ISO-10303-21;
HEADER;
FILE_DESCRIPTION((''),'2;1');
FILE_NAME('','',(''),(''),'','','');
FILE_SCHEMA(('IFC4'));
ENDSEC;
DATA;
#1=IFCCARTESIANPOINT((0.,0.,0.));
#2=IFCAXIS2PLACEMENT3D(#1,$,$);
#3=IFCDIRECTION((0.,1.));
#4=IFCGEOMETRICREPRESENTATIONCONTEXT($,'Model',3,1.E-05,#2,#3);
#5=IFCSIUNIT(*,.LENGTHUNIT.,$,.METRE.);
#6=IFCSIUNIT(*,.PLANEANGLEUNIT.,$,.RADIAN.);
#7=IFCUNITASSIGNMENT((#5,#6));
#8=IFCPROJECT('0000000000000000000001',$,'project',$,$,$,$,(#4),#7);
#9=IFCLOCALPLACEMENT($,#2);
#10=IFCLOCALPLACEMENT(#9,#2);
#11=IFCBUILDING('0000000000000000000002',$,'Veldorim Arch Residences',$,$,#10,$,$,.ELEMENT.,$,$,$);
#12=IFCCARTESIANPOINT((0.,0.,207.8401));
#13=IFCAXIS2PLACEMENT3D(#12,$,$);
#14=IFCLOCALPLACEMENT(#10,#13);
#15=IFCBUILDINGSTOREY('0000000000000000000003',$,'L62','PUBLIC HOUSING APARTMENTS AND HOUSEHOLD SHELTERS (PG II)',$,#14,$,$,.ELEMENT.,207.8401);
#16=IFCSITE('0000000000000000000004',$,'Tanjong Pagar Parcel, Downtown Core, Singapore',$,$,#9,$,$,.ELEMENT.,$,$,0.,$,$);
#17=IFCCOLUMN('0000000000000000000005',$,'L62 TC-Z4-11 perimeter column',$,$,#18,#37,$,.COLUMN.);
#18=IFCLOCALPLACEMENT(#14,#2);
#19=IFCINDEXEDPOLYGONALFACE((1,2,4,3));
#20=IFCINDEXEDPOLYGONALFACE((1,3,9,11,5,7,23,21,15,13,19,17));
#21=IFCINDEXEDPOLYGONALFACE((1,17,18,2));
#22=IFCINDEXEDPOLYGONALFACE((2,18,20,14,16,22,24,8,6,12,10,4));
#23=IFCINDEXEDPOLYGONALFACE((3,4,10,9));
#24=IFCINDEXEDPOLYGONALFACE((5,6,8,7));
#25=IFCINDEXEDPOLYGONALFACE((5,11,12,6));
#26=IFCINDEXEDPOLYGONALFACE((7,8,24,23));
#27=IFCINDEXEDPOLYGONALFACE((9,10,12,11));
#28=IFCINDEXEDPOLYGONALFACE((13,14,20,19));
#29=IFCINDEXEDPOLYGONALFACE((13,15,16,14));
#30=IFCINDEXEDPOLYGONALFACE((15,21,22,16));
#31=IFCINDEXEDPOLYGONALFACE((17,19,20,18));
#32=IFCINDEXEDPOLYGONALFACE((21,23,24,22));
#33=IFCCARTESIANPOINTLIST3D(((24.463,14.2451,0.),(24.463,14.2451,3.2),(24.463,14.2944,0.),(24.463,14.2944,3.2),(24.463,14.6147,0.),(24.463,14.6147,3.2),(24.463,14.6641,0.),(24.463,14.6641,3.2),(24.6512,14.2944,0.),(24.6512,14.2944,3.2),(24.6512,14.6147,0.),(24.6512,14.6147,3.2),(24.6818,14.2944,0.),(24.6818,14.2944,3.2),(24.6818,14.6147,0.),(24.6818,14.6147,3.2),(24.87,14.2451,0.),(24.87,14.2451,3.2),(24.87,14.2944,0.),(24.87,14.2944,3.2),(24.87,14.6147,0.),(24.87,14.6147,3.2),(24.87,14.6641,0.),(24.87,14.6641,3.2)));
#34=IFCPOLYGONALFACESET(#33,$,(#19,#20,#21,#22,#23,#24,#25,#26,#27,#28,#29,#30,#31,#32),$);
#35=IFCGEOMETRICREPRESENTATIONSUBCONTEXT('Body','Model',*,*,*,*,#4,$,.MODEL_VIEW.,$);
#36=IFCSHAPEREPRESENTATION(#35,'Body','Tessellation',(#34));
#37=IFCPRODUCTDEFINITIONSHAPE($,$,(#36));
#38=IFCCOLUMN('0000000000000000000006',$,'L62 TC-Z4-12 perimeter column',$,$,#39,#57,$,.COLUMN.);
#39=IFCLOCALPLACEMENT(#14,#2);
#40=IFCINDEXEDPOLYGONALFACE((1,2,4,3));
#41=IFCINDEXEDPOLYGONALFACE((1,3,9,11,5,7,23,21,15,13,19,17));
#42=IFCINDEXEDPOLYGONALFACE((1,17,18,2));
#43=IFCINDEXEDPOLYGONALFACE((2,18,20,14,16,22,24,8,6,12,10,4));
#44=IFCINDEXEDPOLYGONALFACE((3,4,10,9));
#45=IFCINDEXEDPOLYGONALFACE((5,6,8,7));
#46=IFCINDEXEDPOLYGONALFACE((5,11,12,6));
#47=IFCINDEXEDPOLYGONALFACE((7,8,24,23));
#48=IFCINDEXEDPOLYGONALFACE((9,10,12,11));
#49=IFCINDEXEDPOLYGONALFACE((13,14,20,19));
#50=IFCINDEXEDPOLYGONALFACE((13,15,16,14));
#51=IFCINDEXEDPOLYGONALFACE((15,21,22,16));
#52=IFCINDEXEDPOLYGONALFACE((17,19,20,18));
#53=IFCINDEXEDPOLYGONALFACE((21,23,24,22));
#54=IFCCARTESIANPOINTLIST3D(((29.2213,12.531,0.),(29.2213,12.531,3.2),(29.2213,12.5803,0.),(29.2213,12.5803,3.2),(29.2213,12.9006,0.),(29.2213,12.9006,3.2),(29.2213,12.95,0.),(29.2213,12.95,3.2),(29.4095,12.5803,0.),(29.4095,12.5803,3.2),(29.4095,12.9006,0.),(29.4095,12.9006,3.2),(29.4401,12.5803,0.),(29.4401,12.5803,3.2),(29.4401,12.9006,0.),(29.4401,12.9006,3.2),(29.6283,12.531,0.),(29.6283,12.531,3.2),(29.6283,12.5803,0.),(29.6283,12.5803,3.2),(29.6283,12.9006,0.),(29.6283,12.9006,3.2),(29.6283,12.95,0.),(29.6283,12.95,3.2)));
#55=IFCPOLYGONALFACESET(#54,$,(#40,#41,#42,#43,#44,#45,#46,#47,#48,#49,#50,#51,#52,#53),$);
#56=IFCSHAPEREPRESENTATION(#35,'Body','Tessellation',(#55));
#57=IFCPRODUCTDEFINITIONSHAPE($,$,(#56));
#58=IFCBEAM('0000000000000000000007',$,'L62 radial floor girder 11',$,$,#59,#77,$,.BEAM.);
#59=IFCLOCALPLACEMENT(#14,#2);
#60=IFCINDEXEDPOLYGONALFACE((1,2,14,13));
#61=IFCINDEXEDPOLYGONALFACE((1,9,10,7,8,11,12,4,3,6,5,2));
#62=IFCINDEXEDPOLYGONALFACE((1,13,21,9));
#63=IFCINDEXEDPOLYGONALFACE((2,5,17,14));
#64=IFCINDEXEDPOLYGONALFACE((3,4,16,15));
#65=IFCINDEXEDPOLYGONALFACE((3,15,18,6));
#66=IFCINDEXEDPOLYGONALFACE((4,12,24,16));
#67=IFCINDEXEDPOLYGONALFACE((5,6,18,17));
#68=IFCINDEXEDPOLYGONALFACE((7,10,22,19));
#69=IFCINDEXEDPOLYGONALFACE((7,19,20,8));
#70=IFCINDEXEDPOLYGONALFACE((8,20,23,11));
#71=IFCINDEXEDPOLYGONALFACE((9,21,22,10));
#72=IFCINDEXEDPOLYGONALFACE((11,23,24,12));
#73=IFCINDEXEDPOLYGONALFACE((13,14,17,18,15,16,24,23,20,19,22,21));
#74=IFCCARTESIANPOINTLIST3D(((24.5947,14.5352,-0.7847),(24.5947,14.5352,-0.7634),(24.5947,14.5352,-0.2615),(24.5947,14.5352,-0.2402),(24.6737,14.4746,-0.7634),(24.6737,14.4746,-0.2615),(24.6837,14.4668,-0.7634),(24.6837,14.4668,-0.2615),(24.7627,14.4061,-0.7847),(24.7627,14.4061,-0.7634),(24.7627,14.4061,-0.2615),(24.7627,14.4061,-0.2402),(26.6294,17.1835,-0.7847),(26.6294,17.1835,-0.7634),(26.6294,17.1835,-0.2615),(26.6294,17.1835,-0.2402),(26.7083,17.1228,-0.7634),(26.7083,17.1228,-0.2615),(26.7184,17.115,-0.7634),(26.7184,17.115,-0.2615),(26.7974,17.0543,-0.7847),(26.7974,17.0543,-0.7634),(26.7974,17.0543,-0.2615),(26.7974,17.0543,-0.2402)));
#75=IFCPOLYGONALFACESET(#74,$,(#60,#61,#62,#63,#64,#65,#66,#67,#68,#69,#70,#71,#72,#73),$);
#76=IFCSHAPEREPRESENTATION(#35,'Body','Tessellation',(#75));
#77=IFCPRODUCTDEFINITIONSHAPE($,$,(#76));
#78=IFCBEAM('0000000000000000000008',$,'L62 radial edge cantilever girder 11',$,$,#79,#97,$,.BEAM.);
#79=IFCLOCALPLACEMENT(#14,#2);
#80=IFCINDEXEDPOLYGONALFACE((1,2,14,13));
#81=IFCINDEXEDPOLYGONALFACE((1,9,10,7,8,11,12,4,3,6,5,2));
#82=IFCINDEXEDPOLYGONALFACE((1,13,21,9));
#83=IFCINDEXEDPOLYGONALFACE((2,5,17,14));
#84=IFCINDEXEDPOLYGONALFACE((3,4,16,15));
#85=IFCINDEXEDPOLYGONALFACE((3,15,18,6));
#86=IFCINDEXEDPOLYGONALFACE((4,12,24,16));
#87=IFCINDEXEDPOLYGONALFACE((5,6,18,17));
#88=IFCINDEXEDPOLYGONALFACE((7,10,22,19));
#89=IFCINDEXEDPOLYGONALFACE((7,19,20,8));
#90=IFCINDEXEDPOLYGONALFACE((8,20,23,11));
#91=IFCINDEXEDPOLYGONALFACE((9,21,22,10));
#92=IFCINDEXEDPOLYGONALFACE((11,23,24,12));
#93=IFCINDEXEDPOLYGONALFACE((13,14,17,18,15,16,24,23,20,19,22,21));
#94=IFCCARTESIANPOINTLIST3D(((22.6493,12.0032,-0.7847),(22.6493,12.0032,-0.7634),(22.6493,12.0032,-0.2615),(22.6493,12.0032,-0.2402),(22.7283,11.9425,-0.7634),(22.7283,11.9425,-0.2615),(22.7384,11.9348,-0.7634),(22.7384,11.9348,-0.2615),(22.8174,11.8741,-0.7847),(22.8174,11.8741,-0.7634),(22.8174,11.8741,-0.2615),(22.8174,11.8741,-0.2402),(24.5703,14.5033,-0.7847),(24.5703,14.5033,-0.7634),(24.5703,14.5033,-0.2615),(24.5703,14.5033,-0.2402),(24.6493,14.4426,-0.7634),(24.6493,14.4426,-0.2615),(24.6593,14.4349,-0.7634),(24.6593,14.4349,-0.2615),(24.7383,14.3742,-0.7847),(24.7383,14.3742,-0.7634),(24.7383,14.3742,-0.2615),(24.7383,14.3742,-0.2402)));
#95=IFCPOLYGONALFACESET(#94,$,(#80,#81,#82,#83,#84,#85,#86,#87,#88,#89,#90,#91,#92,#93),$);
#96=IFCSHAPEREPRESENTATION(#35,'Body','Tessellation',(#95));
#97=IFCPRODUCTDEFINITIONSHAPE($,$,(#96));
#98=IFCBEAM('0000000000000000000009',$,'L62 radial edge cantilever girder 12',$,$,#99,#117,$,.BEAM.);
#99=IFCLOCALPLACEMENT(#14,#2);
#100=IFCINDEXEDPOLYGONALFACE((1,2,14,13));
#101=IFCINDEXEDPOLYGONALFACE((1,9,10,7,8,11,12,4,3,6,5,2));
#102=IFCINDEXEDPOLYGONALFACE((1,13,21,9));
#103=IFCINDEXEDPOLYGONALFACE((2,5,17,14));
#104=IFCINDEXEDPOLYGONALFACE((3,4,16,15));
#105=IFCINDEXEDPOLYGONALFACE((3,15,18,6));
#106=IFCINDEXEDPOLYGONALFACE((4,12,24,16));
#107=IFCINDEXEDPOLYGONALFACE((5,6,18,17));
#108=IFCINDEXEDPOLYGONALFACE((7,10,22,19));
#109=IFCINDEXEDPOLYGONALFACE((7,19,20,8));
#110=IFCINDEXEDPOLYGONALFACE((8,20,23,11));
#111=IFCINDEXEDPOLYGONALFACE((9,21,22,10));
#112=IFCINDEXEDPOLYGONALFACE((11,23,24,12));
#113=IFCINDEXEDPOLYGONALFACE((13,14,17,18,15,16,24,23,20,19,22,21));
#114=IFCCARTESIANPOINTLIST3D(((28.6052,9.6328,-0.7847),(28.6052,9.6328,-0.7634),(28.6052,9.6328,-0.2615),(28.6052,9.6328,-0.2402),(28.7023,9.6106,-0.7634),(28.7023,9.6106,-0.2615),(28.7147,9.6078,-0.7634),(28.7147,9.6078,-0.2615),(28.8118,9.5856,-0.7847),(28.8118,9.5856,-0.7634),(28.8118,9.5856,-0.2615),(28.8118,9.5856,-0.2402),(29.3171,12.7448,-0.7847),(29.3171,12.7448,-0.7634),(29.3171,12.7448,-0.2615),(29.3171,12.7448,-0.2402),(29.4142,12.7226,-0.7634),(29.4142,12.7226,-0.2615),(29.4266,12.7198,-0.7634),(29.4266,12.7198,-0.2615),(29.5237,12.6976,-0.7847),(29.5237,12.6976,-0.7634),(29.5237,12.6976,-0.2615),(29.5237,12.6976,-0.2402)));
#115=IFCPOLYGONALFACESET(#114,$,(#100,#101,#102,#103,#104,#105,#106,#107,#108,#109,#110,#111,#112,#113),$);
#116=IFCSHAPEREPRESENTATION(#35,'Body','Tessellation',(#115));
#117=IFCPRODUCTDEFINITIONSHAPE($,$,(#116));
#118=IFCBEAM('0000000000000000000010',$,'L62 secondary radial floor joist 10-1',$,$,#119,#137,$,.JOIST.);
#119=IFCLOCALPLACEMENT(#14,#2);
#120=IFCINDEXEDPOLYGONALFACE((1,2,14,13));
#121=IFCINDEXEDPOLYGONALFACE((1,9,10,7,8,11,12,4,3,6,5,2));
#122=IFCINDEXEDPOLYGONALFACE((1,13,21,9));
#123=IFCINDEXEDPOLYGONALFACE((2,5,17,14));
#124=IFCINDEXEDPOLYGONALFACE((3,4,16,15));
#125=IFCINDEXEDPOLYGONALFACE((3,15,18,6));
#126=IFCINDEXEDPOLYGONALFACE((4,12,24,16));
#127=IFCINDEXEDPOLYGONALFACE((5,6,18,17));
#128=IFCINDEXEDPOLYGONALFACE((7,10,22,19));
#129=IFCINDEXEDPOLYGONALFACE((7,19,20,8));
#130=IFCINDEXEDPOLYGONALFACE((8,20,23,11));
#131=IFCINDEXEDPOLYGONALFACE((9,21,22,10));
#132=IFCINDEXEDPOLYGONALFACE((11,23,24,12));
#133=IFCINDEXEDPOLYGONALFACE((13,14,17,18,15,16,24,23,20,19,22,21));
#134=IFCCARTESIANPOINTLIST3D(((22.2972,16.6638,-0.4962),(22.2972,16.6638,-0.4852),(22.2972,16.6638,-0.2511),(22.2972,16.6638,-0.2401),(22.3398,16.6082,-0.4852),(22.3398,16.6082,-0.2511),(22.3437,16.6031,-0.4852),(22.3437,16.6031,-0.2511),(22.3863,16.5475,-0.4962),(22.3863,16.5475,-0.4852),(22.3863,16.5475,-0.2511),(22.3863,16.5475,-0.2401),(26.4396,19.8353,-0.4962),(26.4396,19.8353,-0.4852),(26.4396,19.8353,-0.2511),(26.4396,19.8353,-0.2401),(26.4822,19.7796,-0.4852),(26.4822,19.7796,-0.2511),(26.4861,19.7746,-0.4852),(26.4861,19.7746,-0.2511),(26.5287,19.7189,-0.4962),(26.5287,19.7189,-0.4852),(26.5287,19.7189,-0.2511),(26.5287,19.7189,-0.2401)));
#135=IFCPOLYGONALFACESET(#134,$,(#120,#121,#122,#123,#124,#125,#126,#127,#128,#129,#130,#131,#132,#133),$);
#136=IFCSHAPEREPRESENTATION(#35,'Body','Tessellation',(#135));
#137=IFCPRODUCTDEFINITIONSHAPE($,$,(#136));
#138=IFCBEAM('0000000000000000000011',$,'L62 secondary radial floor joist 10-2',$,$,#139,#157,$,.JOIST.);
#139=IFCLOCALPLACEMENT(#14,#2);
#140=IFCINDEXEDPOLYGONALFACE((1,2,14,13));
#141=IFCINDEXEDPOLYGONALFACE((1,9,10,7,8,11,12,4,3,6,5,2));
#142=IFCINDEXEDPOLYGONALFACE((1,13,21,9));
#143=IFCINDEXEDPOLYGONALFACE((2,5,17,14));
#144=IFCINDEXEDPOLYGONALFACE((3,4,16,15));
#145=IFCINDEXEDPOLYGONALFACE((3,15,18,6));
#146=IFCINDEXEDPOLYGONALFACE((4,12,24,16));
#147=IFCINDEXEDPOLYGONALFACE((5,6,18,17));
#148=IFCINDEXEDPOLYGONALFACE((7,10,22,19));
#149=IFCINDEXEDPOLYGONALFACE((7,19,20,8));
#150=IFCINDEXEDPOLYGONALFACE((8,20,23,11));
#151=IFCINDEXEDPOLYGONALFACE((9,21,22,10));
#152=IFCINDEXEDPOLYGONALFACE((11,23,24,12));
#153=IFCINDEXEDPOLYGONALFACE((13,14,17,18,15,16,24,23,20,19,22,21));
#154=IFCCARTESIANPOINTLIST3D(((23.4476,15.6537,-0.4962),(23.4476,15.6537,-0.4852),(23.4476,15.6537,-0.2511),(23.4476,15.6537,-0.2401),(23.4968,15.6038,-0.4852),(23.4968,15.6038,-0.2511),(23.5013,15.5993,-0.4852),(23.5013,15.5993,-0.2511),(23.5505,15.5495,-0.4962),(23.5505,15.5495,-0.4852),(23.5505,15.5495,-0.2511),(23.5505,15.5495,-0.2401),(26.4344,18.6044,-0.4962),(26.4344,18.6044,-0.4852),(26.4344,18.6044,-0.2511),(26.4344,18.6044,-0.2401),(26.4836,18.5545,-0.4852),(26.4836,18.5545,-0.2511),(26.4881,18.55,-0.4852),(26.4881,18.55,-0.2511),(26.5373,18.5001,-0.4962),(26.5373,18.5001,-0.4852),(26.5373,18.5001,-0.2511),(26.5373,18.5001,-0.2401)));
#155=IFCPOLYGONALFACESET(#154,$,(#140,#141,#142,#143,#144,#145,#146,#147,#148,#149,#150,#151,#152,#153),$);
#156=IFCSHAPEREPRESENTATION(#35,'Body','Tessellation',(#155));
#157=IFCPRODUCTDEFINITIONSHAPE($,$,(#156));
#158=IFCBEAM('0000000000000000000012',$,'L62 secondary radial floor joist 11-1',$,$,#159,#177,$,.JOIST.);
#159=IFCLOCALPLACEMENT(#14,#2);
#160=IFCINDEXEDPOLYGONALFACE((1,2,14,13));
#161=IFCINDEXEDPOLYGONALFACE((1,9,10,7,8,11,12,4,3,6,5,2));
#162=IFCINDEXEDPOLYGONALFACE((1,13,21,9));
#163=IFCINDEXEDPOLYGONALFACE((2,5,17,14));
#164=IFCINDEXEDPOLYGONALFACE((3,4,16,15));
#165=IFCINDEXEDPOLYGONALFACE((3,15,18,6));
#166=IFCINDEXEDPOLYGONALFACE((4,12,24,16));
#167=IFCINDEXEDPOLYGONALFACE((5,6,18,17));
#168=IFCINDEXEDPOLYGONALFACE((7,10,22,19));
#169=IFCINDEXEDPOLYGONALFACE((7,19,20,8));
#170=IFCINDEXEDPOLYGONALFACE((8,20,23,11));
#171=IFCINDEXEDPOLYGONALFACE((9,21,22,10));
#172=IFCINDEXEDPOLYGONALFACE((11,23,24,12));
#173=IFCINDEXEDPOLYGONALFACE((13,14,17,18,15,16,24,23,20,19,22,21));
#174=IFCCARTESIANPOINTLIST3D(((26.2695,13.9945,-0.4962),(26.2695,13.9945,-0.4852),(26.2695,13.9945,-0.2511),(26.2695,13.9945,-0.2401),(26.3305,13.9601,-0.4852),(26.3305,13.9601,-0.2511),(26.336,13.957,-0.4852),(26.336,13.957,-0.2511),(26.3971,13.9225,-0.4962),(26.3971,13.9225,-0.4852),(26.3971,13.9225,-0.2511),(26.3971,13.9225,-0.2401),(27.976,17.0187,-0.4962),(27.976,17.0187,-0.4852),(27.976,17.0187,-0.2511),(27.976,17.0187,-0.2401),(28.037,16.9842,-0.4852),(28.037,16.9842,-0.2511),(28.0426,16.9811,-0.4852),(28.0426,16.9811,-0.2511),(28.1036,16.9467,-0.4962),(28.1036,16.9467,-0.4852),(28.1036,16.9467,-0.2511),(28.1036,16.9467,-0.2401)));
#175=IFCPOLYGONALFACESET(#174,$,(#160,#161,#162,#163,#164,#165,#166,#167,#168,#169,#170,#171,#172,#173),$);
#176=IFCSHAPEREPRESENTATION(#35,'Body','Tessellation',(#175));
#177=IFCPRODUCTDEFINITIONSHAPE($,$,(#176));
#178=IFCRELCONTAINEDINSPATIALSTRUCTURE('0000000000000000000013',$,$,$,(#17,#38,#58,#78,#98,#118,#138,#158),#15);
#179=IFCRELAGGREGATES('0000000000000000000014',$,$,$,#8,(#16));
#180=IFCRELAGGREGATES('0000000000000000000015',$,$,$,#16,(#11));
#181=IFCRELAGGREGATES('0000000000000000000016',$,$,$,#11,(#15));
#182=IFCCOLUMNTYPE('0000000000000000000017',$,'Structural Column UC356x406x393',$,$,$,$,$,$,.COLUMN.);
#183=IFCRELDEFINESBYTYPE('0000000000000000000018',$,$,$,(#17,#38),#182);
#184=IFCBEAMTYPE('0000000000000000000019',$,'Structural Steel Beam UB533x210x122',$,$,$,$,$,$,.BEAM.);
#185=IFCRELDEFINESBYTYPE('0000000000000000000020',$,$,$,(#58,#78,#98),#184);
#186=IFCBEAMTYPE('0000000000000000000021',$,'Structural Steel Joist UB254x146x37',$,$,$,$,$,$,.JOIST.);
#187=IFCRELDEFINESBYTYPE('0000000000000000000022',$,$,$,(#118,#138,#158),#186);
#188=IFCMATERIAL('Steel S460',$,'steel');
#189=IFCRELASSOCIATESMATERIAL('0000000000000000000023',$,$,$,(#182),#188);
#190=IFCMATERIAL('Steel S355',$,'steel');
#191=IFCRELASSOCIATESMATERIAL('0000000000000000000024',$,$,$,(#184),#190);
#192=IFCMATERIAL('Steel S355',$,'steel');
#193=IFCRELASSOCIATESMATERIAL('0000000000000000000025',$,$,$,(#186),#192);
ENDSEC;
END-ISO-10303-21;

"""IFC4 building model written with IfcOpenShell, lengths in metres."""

from ifc_helpers import new_model, si_unit, direction, frame, origin, origin_2d, place, context, subcontext, project, spatial, i_section, extrude, material, material_profile, profile_set, type_object, element, save


model = new_model("IFC4")

# Units and contexts
model_context = context("Model", 3, precision=1e-05, world=origin(), true_north=direction((0.0, 1.0)))
body_context = subcontext(model_context, "Body", "Model", "MODEL_VIEW")
ifc_project = project(units=[si_unit("LENGTHUNIT", "METRE"), si_unit("PLANEANGLEUNIT", "RADIAN")], contexts=[model_context])

# Site, building, storey
site_placement = place(None, origin())
site = spatial("IfcSite", under=ifc_project, at=site_placement, Name="Tanjong Pagar Parcel, Downtown Core, Singapore", CompositionType="ELEMENT", RefElevation=0.0)
building_placement = place(site_placement, origin())
building = spatial("IfcBuilding", under=site, at=building_placement, Name="Veldorim Arch Residences", CompositionType="ELEMENT")
storey_placement = place(building_placement, frame((0.0, 0.0, 207.8401)))
storey = spatial("IfcBuildingStorey", under=building, at=storey_placement, Name="L62", Description="PUBLIC HOUSING APARTMENTS AND HOUSEHOLD SHELTERS (PG II)", CompositionType="ELEMENT", Elevation=207.8401)

# Columns
ifc_material_1 = material(Name="Steel S460", Category="steel")
ifc_material_profile_1 = material_profile(ifc_material_1, i_section(OverallWidth=0.407, OverallDepth=0.4189, WebThickness=0.0305, FlangeThickness=0.0493, at=origin_2d()), Name="UC356x406x393")
ifc_profile_set_1 = profile_set([ifc_material_profile_1], Name="Steel S460")
column_type = type_object("IfcColumnType", Name="Structural Column UC356x406x393", PredefinedType="COLUMN", material=ifc_profile_set_1)
for number, where, z_axis, x_axis, name in (
    (1, (24.6665, 14.4546, 0.0), (0.0, 0.0, 1.0), (1.0, 0.0, 0.0), "L62 TC-Z4-11 perimeter column"),
    (2, (29.4248, 12.7405, 0.0), (0.0, 0.0, 1.0), (1.0, 0.0, 0.0), "L62 TC-Z4-12 perimeter column"),
):
    element("IfcColumn", number, at=place(storey_placement, frame(where, z_axis=z_axis, x_axis=x_axis)), inside=storey, type_object=column_type, Name=name, PredefinedType="COLUMN", context=body_context, shape_type="SweptSolid", body=[
        extrude(i_section(OverallWidth=0.407, OverallDepth=0.4189, WebThickness=0.0305, FlangeThickness=0.0493, at=origin_2d()), origin(), (0.0, 0.0, 1.0), 3.2),
    ])

# Beams
ifc_material_2 = material(Name="Steel S355", Category="steel")
ifc_material_profile_2 = material_profile(ifc_material_2, i_section(OverallWidth=0.2119, OverallDepth=0.5444, WebThickness=0.0127, FlangeThickness=0.0212, at=origin_2d()), Name="UB533x210x122")
ifc_profile_set_2 = profile_set([ifc_material_profile_2], Name="Steel S355")
beam_type_1 = type_object("IfcBeamType", Name="Structural Steel Beam UB533x210x122", PredefinedType="BEAM", material=ifc_profile_set_2)
beam_1_placement = place(storey_placement, frame((26.7134, 17.1189, -0.5125), z_axis=(-0.609258, -0.792972, 0.0), x_axis=(0.792972, -0.609258, 0.0)))
element("IfcBeam", 3, at=beam_1_placement, inside=storey, type_object=beam_type_1, Name="L62 radial floor girder 11", PredefinedType="BEAM", context=body_context, shape_type="SweptSolid", body=[
    extrude(i_section(OverallWidth=0.2119, OverallDepth=0.5444, WebThickness=0.0127, FlangeThickness=0.0212, at=origin_2d()), origin(), (0.0, 0.0, 1.0), 3.3396),
])
beam_2_placement = place(storey_placement, frame((24.6543, 14.4387, -0.5125), z_axis=(-0.609277, -0.792958, 0.0), x_axis=(0.792958, -0.609277, 0.0)))
element("IfcBeam", 4, at=beam_2_placement, inside=storey, type_object=beam_type_1, Name="L62 radial edge cantilever girder 11", PredefinedType="BEAM", context=body_context, shape_type="SweptSolid", body=[
    extrude(i_section(OverallWidth=0.2119, OverallDepth=0.5444, WebThickness=0.0127, FlangeThickness=0.0212, at=origin_2d()), origin(), (0.0, 0.0, 1.0), 3.1528),
])
beam_3_placement = place(storey_placement, frame((29.4204, 12.7212, -0.5125), z_axis=(-0.222999, -0.974819, 0.0), x_axis=(0.974819, -0.222999, 0.0)))
element("IfcBeam", 5, at=beam_3_placement, inside=storey, type_object=beam_type_1, Name="L62 radial edge cantilever girder 12", PredefinedType="BEAM", context=body_context, shape_type="SweptSolid", body=[
    extrude(i_section(OverallWidth=0.2119, OverallDepth=0.5444, WebThickness=0.0127, FlangeThickness=0.0212, at=origin_2d()), origin(), (0.0, 0.0, 1.0), 3.1924),
])
ifc_material_3 = material(Name="Steel S355", Category="steel")
ifc_material_profile_3 = material_profile(ifc_material_3, i_section(OverallWidth=0.1465, OverallDepth=0.2561, WebThickness=0.0063, FlangeThickness=0.011, at=origin_2d()), Name="UB254x146x37")
ifc_profile_set_3 = profile_set([ifc_material_profile_3], Name="Steel S355")
beam_type_2 = type_object("IfcBeamType", Name="Structural Steel Joist UB254x146x37", PredefinedType="JOIST", material=ifc_profile_set_3)
beam_4_placement = place(storey_placement, frame((26.4841, 19.7771, -0.3682), z_axis=(-0.794014, -0.6079, 0.0), x_axis=(0.6079, -0.794014, 0.0)))
element("IfcBeam", 6, at=beam_4_placement, inside=storey, type_object=beam_type_2, Name="L62 secondary radial floor joist 10-1", PredefinedType="JOIST", context=body_context, shape_type="SweptSolid", body=[
    extrude(i_section(OverallWidth=0.1465, OverallDepth=0.2561, WebThickness=0.0063, FlangeThickness=0.011, at=origin_2d()), origin(), (0.0, 0.0, 1.0), 5.217),
])
beam_5_placement = place(storey_placement, frame((26.4858, 18.5522, -0.3682), z_axis=(-0.711397, -0.702791, 0.0), x_axis=(0.702791, -0.711397, 0.0)))
element("IfcBeam", 7, at=beam_5_placement, inside=storey, type_object=beam_type_2, Name="L62 secondary radial floor joist 10-2", PredefinedType="JOIST", context=body_context, shape_type="SweptSolid", body=[
    extrude(i_section(OverallWidth=0.1465, OverallDepth=0.2561, WebThickness=0.0063, FlangeThickness=0.011, at=origin_2d()), origin(), (0.0, 0.0, 1.0), 4.1985),
])
beam_6_placement = place(storey_placement, frame((28.0398, 16.9827, -0.3682), z_axis=(-0.491452, -0.870904, 0.0), x_axis=(0.870904, -0.491452, 0.0)))
element("IfcBeam", 8, at=beam_6_placement, inside=storey, type_object=beam_type_2, Name="L62 secondary radial floor joist 11-1", PredefinedType="JOIST", context=body_context, shape_type="SweptSolid", body=[
    extrude(i_section(OverallWidth=0.1465, OverallDepth=0.2561, WebThickness=0.0063, FlangeThickness=0.011, at=origin_2d()), origin(), (0.0, 0.0, 1.0), 3.4724),
])

save(model, "model.ifc")
